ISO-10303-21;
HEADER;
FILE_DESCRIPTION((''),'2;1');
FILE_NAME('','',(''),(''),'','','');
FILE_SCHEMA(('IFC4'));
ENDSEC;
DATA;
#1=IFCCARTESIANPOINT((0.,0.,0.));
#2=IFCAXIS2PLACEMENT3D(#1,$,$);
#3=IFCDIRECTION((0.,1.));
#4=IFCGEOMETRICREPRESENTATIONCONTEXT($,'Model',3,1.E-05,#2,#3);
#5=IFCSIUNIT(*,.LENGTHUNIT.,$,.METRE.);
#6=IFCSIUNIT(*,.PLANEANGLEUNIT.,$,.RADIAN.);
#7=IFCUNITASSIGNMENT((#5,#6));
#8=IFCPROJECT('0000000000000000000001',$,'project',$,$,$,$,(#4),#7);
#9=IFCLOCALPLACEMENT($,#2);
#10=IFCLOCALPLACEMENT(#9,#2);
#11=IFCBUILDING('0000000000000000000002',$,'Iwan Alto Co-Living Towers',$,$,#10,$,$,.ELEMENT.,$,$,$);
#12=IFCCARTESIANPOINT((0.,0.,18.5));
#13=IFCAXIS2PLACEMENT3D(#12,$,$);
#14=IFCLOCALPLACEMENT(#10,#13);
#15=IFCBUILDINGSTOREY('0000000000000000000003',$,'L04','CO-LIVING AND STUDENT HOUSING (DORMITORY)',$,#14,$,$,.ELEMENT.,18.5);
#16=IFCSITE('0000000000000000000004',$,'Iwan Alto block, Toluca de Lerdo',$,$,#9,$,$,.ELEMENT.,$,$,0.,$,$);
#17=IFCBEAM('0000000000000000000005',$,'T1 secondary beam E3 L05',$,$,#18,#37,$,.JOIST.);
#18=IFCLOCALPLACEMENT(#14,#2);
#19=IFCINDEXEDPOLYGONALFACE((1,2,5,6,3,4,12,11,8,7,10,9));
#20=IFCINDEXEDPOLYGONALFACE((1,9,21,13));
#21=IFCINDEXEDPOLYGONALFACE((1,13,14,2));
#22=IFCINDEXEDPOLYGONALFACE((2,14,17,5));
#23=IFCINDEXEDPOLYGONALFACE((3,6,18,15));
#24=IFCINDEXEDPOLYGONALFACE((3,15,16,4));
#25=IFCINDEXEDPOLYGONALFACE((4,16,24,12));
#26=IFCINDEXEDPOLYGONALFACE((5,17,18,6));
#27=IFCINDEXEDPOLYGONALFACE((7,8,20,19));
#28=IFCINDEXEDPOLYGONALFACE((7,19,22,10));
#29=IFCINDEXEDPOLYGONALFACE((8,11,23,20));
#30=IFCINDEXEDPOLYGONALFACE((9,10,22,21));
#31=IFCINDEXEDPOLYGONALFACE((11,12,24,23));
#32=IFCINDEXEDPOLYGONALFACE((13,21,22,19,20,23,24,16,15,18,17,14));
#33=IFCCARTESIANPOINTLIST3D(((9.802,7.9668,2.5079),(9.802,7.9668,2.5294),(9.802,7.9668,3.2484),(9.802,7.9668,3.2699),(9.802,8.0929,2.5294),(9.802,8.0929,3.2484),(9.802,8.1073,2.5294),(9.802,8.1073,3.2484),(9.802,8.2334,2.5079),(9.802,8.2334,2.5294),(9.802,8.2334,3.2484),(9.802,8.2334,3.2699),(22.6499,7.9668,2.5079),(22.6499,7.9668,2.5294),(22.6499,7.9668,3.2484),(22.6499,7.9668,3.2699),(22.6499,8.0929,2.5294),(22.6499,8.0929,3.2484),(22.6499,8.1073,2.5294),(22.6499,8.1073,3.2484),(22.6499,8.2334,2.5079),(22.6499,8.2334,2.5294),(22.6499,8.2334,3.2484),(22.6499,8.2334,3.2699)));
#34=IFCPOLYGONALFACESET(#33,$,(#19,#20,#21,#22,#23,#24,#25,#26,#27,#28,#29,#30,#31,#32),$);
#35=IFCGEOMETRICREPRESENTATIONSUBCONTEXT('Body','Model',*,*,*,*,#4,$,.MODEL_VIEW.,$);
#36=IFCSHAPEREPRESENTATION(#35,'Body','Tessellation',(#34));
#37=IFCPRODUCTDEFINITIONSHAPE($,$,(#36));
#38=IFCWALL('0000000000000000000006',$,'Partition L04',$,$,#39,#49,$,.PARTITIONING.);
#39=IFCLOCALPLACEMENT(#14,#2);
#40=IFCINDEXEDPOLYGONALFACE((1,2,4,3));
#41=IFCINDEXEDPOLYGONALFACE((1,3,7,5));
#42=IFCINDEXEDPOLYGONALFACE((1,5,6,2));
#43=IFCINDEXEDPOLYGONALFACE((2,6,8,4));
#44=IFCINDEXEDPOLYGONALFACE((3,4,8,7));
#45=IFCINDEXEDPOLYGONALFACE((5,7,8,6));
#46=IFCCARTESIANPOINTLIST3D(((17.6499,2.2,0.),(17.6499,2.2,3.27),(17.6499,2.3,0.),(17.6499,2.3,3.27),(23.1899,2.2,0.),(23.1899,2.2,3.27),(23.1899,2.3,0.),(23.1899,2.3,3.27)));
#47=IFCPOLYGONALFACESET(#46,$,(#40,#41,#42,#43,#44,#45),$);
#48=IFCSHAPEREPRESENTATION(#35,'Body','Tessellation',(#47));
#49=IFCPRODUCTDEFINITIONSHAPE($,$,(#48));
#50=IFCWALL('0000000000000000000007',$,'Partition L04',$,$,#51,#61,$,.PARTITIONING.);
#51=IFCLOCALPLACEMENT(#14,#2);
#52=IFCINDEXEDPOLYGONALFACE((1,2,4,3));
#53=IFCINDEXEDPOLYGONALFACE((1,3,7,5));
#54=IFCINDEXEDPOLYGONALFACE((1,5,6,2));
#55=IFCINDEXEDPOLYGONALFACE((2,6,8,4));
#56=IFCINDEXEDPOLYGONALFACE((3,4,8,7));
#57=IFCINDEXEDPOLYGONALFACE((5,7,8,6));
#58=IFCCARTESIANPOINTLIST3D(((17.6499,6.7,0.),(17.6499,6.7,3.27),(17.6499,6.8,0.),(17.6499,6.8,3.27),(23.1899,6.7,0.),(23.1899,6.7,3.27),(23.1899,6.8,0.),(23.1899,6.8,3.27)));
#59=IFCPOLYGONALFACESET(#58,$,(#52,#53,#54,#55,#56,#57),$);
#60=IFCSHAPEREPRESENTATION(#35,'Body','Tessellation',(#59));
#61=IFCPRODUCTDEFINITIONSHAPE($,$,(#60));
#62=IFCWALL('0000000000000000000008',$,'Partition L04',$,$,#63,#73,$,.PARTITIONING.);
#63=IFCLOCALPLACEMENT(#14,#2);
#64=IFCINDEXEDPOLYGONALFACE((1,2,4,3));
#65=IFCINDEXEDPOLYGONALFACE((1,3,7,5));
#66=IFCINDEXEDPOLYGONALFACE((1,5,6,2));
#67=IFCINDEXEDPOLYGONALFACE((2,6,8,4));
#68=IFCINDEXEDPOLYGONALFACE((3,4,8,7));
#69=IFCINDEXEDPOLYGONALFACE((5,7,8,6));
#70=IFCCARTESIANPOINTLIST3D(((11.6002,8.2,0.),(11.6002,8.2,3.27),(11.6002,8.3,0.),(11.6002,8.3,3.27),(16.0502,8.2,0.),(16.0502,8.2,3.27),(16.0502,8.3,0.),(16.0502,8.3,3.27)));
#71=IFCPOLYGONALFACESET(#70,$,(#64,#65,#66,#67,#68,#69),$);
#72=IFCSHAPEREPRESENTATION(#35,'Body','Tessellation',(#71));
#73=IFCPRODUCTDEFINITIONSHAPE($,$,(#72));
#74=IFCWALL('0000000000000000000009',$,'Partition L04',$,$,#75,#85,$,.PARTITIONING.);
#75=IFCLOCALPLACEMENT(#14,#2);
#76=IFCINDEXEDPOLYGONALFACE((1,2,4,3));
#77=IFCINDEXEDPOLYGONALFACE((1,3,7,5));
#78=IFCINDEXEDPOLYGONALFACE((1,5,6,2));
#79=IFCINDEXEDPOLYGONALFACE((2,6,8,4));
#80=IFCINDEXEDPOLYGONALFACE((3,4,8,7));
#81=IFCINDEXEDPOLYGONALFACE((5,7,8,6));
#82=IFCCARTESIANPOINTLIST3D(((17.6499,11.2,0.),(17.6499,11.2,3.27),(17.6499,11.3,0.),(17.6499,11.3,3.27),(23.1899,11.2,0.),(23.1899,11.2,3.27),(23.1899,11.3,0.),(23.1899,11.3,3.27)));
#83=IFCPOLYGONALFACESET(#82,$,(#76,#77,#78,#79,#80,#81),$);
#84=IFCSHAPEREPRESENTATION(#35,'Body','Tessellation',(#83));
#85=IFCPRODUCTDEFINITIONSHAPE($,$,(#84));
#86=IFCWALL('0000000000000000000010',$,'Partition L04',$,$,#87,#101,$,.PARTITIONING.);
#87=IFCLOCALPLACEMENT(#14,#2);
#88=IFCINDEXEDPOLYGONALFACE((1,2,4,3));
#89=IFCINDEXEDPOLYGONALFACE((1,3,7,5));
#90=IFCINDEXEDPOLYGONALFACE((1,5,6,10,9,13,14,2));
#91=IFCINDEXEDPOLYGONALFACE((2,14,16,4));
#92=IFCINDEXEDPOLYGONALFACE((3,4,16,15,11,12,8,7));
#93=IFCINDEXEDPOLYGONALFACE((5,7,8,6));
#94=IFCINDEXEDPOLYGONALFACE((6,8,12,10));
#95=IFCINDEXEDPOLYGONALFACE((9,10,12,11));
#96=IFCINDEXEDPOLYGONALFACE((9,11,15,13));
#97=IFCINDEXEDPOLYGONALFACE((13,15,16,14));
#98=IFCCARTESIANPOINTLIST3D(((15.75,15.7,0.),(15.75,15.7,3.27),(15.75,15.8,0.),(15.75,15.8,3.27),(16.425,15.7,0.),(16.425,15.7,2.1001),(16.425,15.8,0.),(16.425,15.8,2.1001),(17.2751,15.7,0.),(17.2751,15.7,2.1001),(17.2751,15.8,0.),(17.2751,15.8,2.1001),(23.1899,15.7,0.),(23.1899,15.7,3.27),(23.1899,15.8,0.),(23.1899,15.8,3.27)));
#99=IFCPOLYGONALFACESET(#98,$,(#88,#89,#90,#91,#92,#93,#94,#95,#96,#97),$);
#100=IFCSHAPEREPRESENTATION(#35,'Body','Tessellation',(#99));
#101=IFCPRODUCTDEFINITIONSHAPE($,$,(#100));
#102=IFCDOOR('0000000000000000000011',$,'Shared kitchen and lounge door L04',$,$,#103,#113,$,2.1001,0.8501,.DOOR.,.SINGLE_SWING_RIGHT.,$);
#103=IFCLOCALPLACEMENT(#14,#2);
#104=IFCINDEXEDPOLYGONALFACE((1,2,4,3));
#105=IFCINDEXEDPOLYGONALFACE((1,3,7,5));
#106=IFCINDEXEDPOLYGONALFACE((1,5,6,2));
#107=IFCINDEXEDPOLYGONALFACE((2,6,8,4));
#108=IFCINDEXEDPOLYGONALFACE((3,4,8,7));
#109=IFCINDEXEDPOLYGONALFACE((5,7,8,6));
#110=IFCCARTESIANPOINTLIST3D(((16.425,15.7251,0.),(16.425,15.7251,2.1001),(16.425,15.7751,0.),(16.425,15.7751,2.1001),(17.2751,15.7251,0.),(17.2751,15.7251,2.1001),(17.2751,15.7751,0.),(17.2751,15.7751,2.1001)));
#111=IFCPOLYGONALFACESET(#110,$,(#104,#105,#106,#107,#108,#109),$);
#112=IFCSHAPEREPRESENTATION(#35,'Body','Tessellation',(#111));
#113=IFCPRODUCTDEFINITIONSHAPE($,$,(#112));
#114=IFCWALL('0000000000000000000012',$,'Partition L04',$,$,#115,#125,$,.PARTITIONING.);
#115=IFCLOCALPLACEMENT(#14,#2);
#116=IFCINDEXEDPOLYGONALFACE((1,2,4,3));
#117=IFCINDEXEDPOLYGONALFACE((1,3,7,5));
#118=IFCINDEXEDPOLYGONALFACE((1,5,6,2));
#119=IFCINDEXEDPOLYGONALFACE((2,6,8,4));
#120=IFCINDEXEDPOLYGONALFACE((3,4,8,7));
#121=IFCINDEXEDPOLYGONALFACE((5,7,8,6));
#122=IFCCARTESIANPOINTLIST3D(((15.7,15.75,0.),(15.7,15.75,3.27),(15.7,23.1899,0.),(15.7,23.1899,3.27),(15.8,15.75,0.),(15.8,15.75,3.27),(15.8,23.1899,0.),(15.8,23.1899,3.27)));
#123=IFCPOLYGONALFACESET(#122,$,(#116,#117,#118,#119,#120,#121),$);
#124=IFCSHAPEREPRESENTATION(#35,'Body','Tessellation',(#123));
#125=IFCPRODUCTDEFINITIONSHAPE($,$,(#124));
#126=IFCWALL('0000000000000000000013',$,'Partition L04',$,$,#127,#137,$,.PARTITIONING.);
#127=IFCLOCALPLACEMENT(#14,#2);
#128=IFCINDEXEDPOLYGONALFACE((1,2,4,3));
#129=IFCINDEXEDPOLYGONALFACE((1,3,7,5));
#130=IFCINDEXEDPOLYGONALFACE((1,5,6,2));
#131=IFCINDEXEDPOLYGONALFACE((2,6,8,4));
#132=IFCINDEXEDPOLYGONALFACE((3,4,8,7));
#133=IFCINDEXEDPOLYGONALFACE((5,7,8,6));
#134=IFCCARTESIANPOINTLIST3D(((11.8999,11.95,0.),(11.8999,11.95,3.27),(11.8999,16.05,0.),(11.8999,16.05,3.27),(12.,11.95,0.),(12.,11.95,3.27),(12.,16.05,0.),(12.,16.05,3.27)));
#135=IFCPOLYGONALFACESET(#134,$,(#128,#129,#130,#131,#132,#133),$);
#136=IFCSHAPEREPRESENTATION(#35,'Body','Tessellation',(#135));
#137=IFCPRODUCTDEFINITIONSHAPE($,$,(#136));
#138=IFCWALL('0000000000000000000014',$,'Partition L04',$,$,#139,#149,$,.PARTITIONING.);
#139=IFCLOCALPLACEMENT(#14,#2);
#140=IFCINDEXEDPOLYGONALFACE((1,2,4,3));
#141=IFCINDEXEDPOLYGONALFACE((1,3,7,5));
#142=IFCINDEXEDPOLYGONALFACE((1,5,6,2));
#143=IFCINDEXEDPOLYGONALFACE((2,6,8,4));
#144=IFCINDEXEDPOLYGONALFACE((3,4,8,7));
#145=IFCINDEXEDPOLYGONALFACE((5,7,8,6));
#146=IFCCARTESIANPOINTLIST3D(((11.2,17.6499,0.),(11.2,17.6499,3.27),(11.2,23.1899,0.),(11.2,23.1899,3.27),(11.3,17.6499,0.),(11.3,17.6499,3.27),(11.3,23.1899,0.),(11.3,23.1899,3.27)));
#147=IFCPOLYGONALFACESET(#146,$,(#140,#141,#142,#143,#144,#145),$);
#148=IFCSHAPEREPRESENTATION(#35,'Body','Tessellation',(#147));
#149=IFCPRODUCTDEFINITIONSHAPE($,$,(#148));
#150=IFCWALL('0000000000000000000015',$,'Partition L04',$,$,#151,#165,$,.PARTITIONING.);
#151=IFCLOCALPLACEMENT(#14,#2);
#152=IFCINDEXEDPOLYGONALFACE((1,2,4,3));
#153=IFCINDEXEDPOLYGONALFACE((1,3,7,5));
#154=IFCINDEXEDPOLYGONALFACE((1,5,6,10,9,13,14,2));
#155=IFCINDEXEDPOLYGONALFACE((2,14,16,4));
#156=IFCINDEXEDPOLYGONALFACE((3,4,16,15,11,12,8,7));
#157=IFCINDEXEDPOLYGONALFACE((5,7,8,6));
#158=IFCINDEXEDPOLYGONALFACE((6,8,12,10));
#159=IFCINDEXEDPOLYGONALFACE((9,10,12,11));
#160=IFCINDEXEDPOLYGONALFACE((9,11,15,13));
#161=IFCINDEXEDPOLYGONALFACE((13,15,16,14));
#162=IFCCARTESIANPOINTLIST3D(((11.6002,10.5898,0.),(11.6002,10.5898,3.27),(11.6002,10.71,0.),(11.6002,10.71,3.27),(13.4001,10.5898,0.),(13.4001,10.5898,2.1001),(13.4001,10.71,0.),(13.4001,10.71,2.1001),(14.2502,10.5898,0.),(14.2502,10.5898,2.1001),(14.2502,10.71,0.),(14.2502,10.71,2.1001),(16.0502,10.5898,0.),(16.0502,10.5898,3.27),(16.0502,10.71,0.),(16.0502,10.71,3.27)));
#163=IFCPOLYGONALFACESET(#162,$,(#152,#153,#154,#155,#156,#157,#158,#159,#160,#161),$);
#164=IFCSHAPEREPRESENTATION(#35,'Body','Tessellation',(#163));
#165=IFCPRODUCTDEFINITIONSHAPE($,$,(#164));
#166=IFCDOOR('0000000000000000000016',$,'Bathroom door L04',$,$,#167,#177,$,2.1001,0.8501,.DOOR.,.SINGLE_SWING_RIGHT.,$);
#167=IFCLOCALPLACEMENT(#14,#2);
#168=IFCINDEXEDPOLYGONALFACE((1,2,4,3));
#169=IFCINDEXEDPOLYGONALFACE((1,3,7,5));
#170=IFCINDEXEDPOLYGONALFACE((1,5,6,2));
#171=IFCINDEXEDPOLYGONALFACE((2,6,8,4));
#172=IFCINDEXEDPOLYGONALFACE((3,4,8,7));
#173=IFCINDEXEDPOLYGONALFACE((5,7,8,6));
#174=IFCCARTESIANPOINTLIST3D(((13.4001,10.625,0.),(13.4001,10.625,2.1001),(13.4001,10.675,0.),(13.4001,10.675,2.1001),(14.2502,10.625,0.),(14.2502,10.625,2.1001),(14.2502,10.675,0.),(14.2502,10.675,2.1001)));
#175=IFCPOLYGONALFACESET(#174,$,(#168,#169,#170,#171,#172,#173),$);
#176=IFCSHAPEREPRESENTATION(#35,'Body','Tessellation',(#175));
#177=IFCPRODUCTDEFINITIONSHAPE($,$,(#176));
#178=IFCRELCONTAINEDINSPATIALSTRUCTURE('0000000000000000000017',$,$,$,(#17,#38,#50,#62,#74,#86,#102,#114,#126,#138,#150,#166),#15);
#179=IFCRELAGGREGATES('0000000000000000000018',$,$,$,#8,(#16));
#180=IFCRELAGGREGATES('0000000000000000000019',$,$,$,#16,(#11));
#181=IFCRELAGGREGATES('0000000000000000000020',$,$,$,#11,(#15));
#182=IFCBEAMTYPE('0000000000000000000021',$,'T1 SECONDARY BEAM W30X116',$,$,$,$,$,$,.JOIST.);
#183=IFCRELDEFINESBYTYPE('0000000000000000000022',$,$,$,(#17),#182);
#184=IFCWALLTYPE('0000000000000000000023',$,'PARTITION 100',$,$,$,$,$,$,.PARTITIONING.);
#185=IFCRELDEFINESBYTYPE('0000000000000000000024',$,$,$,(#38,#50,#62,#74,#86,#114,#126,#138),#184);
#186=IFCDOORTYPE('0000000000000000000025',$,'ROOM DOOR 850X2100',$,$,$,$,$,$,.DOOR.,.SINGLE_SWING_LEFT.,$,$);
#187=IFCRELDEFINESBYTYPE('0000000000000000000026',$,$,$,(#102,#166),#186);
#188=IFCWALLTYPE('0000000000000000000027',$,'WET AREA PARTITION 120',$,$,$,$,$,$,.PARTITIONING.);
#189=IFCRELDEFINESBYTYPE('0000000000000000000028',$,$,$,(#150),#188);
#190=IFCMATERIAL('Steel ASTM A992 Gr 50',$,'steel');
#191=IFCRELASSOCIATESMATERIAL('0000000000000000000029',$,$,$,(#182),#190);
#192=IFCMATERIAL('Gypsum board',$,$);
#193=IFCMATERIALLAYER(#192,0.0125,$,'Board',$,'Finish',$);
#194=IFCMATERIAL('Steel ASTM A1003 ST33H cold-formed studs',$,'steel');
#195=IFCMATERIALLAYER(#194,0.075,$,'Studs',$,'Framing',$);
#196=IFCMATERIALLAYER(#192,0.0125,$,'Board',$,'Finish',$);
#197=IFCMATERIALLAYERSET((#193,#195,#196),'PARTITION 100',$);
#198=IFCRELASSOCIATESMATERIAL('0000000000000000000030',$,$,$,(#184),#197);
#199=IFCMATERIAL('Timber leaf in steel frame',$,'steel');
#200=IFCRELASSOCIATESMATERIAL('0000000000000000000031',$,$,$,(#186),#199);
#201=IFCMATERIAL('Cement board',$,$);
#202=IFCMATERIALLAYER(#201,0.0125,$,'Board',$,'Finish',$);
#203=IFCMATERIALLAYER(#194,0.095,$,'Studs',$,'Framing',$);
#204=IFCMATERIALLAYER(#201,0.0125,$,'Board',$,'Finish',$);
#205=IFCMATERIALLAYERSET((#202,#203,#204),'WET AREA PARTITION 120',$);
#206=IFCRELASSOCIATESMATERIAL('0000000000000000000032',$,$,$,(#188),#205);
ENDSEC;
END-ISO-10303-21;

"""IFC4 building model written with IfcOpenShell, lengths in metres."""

from ifc_helpers import new_model, si_unit, direction, frame, frame_2d, origin, origin_2d, place, context, subcontext, project, spatial, rectangle, i_section, extrude, material, layer, layer_set, material_profile, profile_set, type_object, element, fill, save


model = new_model("IFC4")

# Units and contexts
model_context = context("Model", 3, precision=1e-05, world=origin(), true_north=direction((0.0, 1.0)))
body_context = subcontext(model_context, "Body", "Model", "MODEL_VIEW")
ifc_project = project(units=[si_unit("LENGTHUNIT", "METRE"), si_unit("PLANEANGLEUNIT", "RADIAN")], contexts=[model_context])

# Site, building, storey
site_placement = place(None, origin())
site = spatial("IfcSite", under=ifc_project, at=site_placement, Name="Iwan Alto block, Toluca de Lerdo", CompositionType="ELEMENT", RefElevation=0.0)
building_placement = place(site_placement, origin())
building = spatial("IfcBuilding", under=site, at=building_placement, Name="Iwan Alto Co-Living Towers", CompositionType="ELEMENT")
storey_placement = place(building_placement, frame((0.0, 0.0, 18.5)))
storey = spatial("IfcBuildingStorey", under=building, at=storey_placement, Name="L04", Description="CO-LIVING AND STUDENT HOUSING (DORMITORY)", CompositionType="ELEMENT", Elevation=18.5)

# Beam
ifc_material_1 = material(Name="Steel ASTM A992 Gr 50", Category="steel")
ifc_material_profile_1 = material_profile(ifc_material_1, i_section(OverallWidth=0.2666, OverallDepth=0.762, WebThickness=0.0144, FlangeThickness=0.0215, at=origin_2d()), Name="W30X116")
ifc_profile_set_1 = profile_set([ifc_material_profile_1], Name="Steel ASTM A992 Gr 50")
beam_type_1 = type_object("IfcBeamType", Name="T1 SECONDARY BEAM W30X116", PredefinedType="JOIST", material=ifc_profile_set_1)
for number, where, z_axis, x_axis, name in (
    (1, (22.6499, 8.1001, 2.8889), (-1.0, 0.0, 0.0), (0.0, -1.0, 0.0), "T1 secondary beam E3 L05"),
):
    element("IfcBeam", number, at=place(storey_placement, frame(where, z_axis=z_axis, x_axis=x_axis)), inside=storey, type_object=beam_type_1, Name=name, PredefinedType="JOIST", context=body_context, shape_type="SweptSolid", body=[
        extrude(i_section(OverallWidth=0.2666, OverallDepth=0.762, WebThickness=0.0144, FlangeThickness=0.0215, at=origin_2d()), origin(), (0.0, 0.0, 1.0), 12.8479),
    ])

# Walls
ifc_material_2 = material(Name="Gypsum board")
ifc_layer_1 = layer(ifc_material_2, 0.0125, Name="Board", Category="Finish")
ifc_material_3 = material(Name="Steel ASTM A1003 ST33H cold-formed studs", Category="steel")
ifc_layer_2 = layer(ifc_material_3, 0.075, Name="Studs", Category="Framing")
ifc_layer_3 = layer(ifc_material_2, 0.0125, Name="Board", Category="Finish")
ifc_layer_set_1 = layer_set([ifc_layer_1, ifc_layer_2, ifc_layer_3], Name="PARTITION 100")
wall_type_1 = type_object("IfcWallType", Name="PARTITION 100", PredefinedType="PARTITIONING", material=ifc_layer_set_1)
for number, where, z_axis, x_axis, name in (
    (2, (17.6499, 2.25, 0.0), (0.0, 0.0, 1.0), (1.0, 0.0, 0.0), "Partition L04"),
    (3, (17.6499, 6.75, 0.0), (0.0, 0.0, 1.0), (1.0, 0.0, 0.0), "Partition L04"),
):
    element("IfcWall", number, at=place(storey_placement, frame(where, z_axis=z_axis, x_axis=x_axis)), inside=storey, type_object=wall_type_1, Name=name, PredefinedType="PARTITIONING", context=body_context, shape_type="SweptSolid", body=[
        extrude(rectangle(XDim=5.54, YDim=0.1001, at=frame_2d((2.77, 0.0))), origin(), (0.0, 0.0, 1.0), 3.27),
    ])
wall_1_placement = place(storey_placement, frame((11.6001, 8.25, 0.0), z_axis=(0.0, 0.0, 1.0), x_axis=(1.0, 0.0, 0.0)))
element("IfcWall", 4, at=wall_1_placement, inside=storey, type_object=wall_type_1, Name="Partition L04", PredefinedType="PARTITIONING", context=body_context, shape_type="SweptSolid", body=[
    extrude(rectangle(XDim=4.45, YDim=0.1001, at=frame_2d((2.2251, 0.0))), origin(), (0.0, 0.0, 1.0), 3.27),
])
wall_2_placement = place(storey_placement, frame((17.6499, 11.25, 0.0), z_axis=(0.0, 0.0, 1.0), x_axis=(1.0, 0.0, 0.0)))
element("IfcWall", 5, at=wall_2_placement, inside=storey, type_object=wall_type_1, Name="Partition L04", PredefinedType="PARTITIONING", context=body_context, shape_type="SweptSolid", body=[
    extrude(rectangle(XDim=5.54, YDim=0.1001, at=frame_2d((2.77, 0.0))), origin(), (0.0, 0.0, 1.0), 3.27),
])

# Wall, opening, door
wall_3_placement = place(storey_placement, frame((15.75, 15.75, 0.0), z_axis=(0.0, 0.0, 1.0), x_axis=(1.0, 0.0, 0.0)))
wall_3 = element("IfcWall", 6, at=wall_3_placement, inside=storey, type_object=wall_type_1, Name="Partition L04", PredefinedType="PARTITIONING", context=body_context, shape_type="SweptSolid", body=[
    extrude(rectangle(XDim=7.4399, YDim=0.1001, at=frame_2d((3.72, 0.0))), origin(), (0.0, 0.0, 1.0), 3.27),
])
opening_1_placement = place(wall_3_placement, frame((0.675, 0.0, 0.0)))
opening_1 = element("IfcOpeningElement", 7, at=opening_1_placement, cuts=wall_3, PredefinedType="OPENING", context=body_context, shape_type="SweptSolid", body=[
    extrude(rectangle(XDim=0.8501, YDim=2.1001, at=frame_2d((0.425, 1.05))), frame((0.0, 0.0601, 0.0), z_axis=(0.0, -1.0, 0.0), x_axis=(1.0, 0.0, 0.0)), (0.0, 0.0, 1.0), 0.1201),
])
ifc_material_4 = material(Name="Timber leaf in steel frame", Category="steel")
door_type = type_object("IfcDoorType", Name="ROOM DOOR 850X2100", OperationType="SINGLE_SWING_LEFT", PredefinedType="DOOR", material=ifc_material_4)
door_1_placement = place(opening_1_placement, frame((0.8501, 0.0, 0.0), z_axis=(0.0, 0.0, 1.0), x_axis=(-1.0, 0.0, 0.0)))
door_1 = element("IfcDoor", 8, at=door_1_placement, inside=storey, type_object=door_type, Name="Shared kitchen and lounge door L04", OperationType="SINGLE_SWING_RIGHT", OverallHeight=2.1001, OverallWidth=0.8501, PredefinedType="DOOR", context=body_context, shape_type="SweptSolid", body=[
    extrude(rectangle(XDim=0.8501, YDim=2.1001, at=frame_2d((0.425, 1.05))), frame((0.0, 0.0249, 0.0), z_axis=(0.0, -1.0, 0.0), x_axis=(1.0, 0.0, 0.0)), (0.0, 0.0, 1.0), 0.05),
])
fill(opening_1, door_1)

# Walls
wall_4_placement = place(storey_placement, frame((15.75, 15.75, 0.0), z_axis=(0.0, 0.0, 1.0), x_axis=(0.0, 1.0, 0.0)))
element("IfcWall", 9, at=wall_4_placement, inside=storey, type_object=wall_type_1, Name="Partition L04", PredefinedType="PARTITIONING", context=body_context, shape_type="SweptSolid", body=[
    extrude(rectangle(XDim=7.4399, YDim=0.1001, at=frame_2d((3.72, 0.0))), origin(), (0.0, 0.0, 1.0), 3.27),
])
wall_5_placement = place(storey_placement, frame((11.95, 11.95, 0.0), z_axis=(0.0, 0.0, 1.0), x_axis=(0.0, 1.0, 0.0)))
element("IfcWall", 10, at=wall_5_placement, inside=storey, type_object=wall_type_1, Name="Partition L04", PredefinedType="PARTITIONING", context=body_context, shape_type="SweptSolid", body=[
    extrude(rectangle(XDim=4.1001, YDim=0.1001, at=frame_2d((2.05, 0.0))), origin(), (0.0, 0.0, 1.0), 3.27),
])
wall_6_placement = place(storey_placement, frame((11.25, 17.6499, 0.0), z_axis=(0.0, 0.0, 1.0), x_axis=(0.0, 1.0, 0.0)))
element("IfcWall", 11, at=wall_6_placement, inside=storey, type_object=wall_type_1, Name="Partition L04", PredefinedType="PARTITIONING", context=body_context, shape_type="SweptSolid", body=[
    extrude(rectangle(XDim=5.54, YDim=0.1001, at=frame_2d((2.77, 0.0))), origin(), (0.0, 0.0, 1.0), 3.27),
])

# Wall, opening, door
ifc_material_5 = material(Name="Cement board")
ifc_layer_4 = layer(ifc_material_5, 0.0125, Name="Board", Category="Finish")
ifc_layer_5 = layer(ifc_material_3, 0.095, Name="Studs", Category="Framing")
ifc_layer_6 = layer(ifc_material_5, 0.0125, Name="Board", Category="Finish")
ifc_layer_set_2 = layer_set([ifc_layer_4, ifc_layer_5, ifc_layer_6], Name="WET AREA PARTITION 120")
wall_type_2 = type_object("IfcWallType", Name="WET AREA PARTITION 120", PredefinedType="PARTITIONING", material=ifc_layer_set_2)
wall_7_placement = place(storey_placement, frame((11.6001, 10.6499, 0.0), z_axis=(0.0, 0.0, 1.0), x_axis=(1.0, 0.0, 0.0)))
wall_7 = element("IfcWall", 12, at=wall_7_placement, inside=storey, type_object=wall_type_2, Name="Partition L04", PredefinedType="PARTITIONING", context=body_context, shape_type="SweptSolid", body=[
    extrude(rectangle(XDim=4.45, YDim=0.1201, at=frame_2d((2.2251, 0.0))), origin(), (0.0, 0.0, 1.0), 3.27),
])
opening_2_placement = place(wall_7_placement, frame((1.8, 0.0, 0.0)))
opening_2 = element("IfcOpeningElement", 13, at=opening_2_placement, cuts=wall_7, PredefinedType="OPENING", context=body_context, shape_type="SweptSolid", body=[
    extrude(rectangle(XDim=0.8501, YDim=2.1001, at=frame_2d((0.425, 1.05))), frame((0.0, 0.0701, 0.0), z_axis=(0.0, -1.0, 0.0), x_axis=(1.0, 0.0, 0.0)), (0.0, 0.0, 1.0), 0.1401),
])
door_2_placement = place(opening_2_placement, frame((0.8501, 0.0, 0.0), z_axis=(0.0, 0.0, 1.0), x_axis=(-1.0, 0.0, 0.0)))
door_2 = element("IfcDoor", 14, at=door_2_placement, inside=storey, type_object=door_type, Name="Bathroom door L04", OperationType="SINGLE_SWING_RIGHT", OverallHeight=2.1001, OverallWidth=0.8501, PredefinedType="DOOR", context=body_context, shape_type="SweptSolid", body=[
    extrude(rectangle(XDim=0.8501, YDim=2.1001, at=frame_2d((0.425, 1.05))), frame((0.0, 0.0249, 0.0), z_axis=(0.0, -1.0, 0.0), x_axis=(1.0, 0.0, 0.0)), (0.0, 0.0, 1.0), 0.05),
])
fill(opening_2, door_2)

save(model, "model.ifc")
